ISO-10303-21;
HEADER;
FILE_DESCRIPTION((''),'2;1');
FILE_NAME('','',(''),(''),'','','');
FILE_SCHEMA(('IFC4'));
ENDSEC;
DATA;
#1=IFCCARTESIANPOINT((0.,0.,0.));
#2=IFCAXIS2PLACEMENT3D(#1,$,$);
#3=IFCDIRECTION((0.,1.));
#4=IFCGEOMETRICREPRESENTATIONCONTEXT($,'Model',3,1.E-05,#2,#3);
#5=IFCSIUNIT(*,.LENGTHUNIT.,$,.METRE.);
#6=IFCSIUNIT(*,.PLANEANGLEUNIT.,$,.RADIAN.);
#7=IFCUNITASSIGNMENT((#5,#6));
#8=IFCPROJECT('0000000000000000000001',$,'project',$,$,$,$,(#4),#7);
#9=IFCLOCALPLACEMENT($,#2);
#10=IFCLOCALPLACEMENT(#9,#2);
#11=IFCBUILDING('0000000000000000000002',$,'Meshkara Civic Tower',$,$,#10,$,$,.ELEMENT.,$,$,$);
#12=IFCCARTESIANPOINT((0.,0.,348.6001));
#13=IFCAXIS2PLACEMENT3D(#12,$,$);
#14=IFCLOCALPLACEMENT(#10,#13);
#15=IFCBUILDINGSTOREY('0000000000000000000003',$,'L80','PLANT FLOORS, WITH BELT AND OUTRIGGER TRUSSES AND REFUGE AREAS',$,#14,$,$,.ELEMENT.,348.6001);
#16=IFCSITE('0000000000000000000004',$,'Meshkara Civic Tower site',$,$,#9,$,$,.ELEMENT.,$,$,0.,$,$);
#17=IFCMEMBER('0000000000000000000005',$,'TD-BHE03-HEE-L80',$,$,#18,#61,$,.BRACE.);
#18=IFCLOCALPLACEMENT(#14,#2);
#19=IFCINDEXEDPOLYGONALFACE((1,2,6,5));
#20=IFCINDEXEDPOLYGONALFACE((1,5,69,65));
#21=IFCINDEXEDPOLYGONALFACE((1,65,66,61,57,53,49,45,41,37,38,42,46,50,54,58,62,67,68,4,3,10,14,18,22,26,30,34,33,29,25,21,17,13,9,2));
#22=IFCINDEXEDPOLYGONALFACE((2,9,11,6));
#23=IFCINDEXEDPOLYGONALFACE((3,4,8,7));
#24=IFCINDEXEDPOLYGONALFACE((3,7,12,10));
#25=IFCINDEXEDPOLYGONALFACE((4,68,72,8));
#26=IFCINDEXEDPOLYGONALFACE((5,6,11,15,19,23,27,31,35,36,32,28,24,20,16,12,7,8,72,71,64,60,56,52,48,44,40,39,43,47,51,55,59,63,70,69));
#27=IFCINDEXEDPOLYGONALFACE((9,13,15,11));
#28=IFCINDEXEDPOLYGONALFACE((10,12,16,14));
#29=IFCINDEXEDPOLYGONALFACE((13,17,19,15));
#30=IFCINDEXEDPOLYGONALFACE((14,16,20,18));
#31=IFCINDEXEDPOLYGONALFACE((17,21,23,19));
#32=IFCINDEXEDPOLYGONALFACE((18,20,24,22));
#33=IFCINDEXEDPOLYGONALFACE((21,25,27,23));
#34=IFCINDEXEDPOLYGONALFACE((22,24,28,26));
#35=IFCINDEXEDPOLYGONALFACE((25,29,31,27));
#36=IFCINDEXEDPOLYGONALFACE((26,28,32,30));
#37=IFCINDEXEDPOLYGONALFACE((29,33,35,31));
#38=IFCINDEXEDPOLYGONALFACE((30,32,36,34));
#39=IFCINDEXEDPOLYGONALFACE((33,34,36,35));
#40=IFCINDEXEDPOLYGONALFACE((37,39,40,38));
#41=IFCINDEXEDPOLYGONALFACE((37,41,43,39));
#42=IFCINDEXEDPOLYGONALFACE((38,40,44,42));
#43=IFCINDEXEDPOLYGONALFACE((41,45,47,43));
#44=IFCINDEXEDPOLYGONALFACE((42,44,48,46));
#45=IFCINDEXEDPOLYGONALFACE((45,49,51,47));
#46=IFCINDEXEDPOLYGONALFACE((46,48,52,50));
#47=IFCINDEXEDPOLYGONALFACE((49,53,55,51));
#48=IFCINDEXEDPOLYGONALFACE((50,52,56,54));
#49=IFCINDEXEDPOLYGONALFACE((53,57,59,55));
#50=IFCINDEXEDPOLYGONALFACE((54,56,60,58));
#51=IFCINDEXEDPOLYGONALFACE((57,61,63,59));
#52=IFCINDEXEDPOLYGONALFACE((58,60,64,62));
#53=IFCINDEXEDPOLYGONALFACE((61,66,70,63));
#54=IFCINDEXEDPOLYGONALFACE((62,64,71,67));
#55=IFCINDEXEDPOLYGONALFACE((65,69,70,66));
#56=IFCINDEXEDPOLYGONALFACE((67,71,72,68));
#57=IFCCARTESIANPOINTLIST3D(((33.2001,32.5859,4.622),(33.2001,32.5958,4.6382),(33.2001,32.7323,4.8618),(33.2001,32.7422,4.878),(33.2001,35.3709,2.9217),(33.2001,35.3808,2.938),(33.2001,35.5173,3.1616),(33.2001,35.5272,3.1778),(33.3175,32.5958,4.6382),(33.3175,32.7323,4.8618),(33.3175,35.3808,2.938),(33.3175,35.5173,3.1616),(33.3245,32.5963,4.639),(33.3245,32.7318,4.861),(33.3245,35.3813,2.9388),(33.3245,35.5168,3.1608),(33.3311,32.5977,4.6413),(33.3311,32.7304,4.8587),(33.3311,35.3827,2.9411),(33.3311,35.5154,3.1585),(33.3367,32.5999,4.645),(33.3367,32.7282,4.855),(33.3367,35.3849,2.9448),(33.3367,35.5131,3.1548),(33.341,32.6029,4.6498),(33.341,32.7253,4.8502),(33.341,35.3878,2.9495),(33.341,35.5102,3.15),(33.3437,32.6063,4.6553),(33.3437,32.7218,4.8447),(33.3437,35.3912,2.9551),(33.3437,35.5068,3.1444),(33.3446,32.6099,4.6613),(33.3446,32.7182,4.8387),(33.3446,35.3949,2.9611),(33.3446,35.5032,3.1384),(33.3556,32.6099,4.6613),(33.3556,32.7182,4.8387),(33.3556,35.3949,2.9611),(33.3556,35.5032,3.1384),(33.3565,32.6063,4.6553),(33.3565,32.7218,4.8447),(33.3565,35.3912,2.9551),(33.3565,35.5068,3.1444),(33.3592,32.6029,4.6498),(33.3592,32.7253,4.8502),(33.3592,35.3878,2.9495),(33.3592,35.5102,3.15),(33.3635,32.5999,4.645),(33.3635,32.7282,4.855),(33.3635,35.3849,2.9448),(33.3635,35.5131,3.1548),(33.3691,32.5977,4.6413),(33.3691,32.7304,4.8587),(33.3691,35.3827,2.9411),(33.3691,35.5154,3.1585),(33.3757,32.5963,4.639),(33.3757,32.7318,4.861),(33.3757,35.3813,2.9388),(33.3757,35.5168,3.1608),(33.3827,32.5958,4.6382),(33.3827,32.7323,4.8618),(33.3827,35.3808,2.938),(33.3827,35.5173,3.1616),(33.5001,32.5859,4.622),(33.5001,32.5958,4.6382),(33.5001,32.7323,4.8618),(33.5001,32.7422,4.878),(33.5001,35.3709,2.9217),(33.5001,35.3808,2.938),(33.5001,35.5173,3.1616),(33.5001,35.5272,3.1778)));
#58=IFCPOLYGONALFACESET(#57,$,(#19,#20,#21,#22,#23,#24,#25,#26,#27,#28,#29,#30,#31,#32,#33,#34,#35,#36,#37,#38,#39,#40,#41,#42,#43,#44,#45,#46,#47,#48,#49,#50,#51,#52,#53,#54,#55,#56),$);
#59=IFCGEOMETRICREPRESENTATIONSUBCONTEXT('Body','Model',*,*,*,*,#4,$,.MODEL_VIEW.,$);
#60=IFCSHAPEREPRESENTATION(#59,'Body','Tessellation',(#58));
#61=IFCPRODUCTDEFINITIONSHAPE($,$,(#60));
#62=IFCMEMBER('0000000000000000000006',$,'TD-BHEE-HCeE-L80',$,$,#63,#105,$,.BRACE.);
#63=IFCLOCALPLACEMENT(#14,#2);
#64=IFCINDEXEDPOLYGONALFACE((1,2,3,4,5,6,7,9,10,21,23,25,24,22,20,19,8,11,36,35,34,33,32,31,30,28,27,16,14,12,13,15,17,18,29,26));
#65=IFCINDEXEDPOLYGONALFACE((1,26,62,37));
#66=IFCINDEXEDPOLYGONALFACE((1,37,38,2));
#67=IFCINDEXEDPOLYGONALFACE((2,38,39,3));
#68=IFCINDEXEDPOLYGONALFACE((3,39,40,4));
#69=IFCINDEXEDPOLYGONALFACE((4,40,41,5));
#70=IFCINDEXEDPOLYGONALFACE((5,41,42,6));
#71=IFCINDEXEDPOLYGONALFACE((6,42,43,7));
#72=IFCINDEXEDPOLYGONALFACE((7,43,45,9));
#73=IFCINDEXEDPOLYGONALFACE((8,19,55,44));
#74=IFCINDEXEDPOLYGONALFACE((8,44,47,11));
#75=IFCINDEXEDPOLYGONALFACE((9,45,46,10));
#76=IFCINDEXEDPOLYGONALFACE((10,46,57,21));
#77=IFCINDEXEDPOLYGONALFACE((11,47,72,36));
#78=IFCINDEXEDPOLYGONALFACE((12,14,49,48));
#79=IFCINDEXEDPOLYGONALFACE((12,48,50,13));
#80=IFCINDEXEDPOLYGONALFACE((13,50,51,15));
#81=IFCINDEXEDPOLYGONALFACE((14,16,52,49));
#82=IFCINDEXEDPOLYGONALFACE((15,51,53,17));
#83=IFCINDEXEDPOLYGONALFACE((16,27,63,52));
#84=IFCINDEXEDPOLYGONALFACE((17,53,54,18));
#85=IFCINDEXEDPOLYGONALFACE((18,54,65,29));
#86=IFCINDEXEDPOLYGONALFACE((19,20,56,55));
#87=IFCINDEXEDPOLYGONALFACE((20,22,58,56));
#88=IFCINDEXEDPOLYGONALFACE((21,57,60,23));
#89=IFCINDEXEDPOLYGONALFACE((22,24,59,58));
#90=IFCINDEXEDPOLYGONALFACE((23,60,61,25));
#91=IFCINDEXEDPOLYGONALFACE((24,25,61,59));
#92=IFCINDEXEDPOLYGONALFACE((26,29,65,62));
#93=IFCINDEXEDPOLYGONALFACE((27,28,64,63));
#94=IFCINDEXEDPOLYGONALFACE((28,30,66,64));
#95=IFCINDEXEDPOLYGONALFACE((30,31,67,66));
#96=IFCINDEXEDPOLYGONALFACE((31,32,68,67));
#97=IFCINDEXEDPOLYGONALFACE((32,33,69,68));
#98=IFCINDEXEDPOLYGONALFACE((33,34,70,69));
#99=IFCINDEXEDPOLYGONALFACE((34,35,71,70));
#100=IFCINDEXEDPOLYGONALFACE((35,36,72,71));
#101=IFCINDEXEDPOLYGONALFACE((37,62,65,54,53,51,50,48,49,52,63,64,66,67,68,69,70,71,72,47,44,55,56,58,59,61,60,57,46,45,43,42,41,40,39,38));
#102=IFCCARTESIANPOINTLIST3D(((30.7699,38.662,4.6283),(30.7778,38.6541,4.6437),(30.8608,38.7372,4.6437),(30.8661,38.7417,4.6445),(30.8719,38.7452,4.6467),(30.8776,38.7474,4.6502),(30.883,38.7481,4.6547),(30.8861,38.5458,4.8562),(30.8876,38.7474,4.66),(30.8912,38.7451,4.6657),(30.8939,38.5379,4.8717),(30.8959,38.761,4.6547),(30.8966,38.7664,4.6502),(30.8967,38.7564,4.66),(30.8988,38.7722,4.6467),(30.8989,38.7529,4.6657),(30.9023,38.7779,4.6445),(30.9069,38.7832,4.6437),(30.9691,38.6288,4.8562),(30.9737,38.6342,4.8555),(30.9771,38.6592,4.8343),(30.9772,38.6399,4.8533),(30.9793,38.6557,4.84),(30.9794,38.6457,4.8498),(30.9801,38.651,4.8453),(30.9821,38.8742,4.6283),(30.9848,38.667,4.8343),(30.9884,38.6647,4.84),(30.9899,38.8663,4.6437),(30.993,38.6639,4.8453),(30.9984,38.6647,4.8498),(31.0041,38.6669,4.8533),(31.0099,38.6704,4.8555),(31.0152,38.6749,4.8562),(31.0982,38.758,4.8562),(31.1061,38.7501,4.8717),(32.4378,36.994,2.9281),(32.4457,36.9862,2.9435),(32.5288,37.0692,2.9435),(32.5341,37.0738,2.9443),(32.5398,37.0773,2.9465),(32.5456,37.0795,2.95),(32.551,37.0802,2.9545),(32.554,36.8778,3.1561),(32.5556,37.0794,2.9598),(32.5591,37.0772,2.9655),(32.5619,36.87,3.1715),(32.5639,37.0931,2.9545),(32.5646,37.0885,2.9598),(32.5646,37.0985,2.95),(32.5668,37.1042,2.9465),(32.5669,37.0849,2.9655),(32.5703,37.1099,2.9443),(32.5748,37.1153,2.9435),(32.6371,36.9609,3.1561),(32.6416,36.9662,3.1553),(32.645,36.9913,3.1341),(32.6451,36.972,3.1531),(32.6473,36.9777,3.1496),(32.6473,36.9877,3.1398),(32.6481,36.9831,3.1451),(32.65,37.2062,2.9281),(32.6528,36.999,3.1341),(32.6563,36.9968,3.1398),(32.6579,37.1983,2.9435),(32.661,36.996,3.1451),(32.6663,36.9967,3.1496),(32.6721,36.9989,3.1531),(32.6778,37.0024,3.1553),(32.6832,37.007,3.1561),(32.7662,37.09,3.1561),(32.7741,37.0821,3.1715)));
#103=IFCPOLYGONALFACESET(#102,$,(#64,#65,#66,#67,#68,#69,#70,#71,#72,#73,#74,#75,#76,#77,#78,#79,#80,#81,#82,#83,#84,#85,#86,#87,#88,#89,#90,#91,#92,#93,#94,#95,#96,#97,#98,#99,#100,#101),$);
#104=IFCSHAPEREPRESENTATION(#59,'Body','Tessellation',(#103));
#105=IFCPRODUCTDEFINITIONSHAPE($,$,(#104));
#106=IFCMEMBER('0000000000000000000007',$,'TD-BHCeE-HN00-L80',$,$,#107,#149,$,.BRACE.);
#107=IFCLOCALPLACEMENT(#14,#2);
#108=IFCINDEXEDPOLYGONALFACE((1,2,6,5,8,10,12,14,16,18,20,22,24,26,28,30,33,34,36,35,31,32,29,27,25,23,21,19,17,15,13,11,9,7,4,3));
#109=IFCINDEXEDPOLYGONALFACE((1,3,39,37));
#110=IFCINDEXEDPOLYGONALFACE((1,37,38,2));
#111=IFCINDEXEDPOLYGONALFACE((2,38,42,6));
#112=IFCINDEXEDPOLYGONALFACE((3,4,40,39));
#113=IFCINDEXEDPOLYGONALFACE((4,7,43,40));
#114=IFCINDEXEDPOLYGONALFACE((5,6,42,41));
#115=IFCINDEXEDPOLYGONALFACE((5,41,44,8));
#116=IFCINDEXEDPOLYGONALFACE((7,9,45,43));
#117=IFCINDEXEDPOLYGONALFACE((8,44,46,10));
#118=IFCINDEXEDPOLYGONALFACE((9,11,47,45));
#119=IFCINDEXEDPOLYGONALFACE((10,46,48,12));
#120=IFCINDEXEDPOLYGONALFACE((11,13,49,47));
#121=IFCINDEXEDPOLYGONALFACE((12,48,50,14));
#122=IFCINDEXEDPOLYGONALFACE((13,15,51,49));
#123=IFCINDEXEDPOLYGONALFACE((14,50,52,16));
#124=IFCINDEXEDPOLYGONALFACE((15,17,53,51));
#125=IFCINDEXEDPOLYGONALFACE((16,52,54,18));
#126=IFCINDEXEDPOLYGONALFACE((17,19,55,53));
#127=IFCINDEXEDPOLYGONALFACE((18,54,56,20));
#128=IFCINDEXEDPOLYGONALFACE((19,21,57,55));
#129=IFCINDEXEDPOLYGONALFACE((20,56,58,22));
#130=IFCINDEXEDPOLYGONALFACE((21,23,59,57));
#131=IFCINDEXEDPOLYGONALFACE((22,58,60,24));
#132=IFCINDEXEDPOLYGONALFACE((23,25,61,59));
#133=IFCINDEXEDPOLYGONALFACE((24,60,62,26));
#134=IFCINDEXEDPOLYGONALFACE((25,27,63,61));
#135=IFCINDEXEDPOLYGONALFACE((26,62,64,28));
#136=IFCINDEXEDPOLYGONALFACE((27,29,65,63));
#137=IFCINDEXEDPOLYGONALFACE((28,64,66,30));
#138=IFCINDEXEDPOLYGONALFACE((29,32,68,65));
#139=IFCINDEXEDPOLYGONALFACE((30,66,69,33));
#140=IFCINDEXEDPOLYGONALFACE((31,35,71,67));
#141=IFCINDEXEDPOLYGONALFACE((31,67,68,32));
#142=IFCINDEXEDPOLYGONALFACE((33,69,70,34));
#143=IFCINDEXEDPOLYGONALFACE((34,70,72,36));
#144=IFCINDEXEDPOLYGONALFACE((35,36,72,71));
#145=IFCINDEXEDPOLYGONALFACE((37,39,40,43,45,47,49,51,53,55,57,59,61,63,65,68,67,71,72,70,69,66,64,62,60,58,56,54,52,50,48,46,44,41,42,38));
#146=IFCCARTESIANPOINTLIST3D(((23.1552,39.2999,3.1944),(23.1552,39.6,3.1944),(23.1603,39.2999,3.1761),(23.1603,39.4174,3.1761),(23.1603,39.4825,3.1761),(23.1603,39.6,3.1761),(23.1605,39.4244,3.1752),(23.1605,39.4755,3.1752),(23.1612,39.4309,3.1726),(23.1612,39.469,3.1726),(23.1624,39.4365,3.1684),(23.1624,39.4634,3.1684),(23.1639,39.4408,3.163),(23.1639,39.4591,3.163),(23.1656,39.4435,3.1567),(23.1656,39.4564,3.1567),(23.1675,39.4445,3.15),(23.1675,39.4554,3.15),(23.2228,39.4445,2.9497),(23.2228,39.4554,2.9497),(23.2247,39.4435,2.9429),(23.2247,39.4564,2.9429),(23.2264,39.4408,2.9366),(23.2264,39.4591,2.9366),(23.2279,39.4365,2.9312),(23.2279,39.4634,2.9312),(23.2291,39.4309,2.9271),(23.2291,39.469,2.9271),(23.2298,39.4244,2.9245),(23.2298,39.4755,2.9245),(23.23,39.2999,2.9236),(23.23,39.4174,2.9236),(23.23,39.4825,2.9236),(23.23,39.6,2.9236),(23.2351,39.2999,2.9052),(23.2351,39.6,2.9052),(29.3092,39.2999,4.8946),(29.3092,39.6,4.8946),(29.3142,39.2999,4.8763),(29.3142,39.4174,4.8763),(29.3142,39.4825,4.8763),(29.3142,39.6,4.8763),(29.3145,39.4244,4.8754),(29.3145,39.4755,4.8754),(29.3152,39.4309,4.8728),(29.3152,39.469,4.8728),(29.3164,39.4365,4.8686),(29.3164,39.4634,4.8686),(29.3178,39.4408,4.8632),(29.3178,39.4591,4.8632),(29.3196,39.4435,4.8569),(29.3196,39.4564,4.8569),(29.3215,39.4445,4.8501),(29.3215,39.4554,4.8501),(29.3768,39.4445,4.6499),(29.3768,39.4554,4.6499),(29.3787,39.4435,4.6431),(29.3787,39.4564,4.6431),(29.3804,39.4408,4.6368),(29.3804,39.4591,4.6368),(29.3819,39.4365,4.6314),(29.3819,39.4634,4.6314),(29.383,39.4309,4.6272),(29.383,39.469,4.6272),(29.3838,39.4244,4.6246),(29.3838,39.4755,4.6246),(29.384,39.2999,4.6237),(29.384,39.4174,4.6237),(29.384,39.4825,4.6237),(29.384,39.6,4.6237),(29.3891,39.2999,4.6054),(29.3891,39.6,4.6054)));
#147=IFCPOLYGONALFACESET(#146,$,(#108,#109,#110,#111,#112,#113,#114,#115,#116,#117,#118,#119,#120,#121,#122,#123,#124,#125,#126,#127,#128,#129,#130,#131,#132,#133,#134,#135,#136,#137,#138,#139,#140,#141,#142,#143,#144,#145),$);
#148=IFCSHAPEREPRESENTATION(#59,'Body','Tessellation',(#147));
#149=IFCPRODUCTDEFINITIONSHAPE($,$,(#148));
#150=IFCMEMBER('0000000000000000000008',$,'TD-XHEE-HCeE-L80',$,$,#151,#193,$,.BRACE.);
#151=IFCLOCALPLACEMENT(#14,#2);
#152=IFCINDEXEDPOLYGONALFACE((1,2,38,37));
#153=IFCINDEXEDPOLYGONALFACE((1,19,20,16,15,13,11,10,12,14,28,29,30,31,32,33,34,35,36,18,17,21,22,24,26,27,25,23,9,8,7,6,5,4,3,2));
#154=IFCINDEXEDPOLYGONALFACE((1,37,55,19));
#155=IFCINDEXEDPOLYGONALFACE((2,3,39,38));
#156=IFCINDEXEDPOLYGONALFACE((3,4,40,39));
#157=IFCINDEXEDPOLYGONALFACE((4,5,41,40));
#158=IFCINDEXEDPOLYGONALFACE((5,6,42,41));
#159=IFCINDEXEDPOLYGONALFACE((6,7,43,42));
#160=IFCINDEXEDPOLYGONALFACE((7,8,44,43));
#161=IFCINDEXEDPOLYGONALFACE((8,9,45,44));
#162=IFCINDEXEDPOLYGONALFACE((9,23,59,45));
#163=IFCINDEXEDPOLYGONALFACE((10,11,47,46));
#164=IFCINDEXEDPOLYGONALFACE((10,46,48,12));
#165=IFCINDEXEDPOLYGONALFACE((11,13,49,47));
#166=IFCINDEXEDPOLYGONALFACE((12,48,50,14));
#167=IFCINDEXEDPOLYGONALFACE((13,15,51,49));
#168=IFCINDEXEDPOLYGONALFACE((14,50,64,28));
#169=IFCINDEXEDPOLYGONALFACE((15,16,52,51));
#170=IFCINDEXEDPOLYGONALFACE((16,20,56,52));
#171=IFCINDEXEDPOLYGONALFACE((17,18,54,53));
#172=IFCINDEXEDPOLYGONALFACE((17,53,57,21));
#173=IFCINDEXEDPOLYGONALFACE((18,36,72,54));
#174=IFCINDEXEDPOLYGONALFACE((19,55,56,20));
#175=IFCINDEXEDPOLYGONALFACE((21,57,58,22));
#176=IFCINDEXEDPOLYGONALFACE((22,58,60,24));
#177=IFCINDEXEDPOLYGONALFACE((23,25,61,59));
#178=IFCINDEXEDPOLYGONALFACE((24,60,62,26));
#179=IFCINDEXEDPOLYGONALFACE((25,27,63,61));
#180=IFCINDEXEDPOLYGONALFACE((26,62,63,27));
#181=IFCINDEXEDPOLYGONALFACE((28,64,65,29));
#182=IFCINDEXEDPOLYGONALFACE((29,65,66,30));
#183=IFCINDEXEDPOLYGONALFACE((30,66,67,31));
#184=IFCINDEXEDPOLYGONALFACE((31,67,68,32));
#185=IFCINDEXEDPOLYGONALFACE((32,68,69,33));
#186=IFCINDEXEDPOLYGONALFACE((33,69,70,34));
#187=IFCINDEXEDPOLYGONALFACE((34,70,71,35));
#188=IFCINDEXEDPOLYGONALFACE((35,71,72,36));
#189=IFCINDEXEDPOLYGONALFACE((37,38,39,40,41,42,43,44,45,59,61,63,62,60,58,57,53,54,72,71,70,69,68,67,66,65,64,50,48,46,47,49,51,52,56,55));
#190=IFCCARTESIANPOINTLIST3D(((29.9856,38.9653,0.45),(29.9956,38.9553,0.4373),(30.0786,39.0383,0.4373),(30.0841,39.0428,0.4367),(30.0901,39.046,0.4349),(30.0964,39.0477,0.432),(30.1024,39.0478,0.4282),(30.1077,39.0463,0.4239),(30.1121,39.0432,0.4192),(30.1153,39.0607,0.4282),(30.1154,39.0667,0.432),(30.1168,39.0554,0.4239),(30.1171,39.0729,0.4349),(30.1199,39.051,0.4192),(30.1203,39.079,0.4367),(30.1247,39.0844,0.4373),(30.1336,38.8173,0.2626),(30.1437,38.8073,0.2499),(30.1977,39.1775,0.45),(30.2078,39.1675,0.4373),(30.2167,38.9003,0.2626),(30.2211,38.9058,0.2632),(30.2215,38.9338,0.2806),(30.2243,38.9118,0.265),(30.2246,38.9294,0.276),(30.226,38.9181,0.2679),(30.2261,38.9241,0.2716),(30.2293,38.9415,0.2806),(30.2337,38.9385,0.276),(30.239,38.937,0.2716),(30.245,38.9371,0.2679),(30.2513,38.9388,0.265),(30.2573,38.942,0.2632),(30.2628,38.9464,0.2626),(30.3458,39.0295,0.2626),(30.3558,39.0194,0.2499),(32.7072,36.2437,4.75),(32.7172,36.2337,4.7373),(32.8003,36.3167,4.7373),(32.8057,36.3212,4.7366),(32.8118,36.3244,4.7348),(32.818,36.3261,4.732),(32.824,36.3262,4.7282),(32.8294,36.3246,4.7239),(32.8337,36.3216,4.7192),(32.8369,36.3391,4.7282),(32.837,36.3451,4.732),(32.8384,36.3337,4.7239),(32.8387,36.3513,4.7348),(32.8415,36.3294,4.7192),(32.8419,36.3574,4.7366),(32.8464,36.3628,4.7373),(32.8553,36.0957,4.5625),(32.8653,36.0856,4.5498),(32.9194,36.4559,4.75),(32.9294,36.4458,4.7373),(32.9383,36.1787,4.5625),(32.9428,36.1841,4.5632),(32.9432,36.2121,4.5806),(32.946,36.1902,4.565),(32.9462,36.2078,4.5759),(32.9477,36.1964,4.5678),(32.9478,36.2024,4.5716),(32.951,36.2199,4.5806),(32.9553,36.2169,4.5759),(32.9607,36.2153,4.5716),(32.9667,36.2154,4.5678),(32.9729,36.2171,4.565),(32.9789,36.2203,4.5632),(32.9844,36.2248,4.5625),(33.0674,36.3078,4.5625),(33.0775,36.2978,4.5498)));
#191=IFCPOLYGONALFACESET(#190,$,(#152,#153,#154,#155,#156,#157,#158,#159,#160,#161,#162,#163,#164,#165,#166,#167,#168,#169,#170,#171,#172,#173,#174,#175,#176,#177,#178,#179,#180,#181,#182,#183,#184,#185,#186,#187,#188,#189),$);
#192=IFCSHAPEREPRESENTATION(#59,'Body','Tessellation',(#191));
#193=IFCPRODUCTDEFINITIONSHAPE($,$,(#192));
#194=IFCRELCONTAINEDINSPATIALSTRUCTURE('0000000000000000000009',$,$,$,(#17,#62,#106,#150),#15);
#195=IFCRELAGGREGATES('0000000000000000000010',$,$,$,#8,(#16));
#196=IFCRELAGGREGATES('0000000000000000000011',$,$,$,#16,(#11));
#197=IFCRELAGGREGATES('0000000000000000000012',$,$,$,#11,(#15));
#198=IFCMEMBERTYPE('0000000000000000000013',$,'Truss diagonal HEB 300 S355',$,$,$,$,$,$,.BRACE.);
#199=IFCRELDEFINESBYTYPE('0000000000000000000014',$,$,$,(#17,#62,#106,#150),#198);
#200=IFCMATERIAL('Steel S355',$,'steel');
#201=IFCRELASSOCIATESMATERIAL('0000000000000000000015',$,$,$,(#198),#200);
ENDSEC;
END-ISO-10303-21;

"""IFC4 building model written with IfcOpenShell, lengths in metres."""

from ifc_helpers import new_model, si_unit, direction, frame, origin, origin_2d, place, context, subcontext, project, spatial, i_section, extrude, material, material_profile, profile_set, type_object, element, save


model = new_model("IFC4")

# Units and contexts
model_context = context("Model", 3, precision=1e-05, world=origin(), true_north=direction((0.0, 1.0)))
body_context = subcontext(model_context, "Body", "Model", "MODEL_VIEW")
ifc_project = project(units=[si_unit("LENGTHUNIT", "METRE"), si_unit("PLANEANGLEUNIT", "RADIAN")], contexts=[model_context])

# Site, building, storey
site_placement = place(None, origin())
site = spatial("IfcSite", under=ifc_project, at=site_placement, Name="Meshkara Civic Tower site", CompositionType="ELEMENT", RefElevation=0.0)
building_placement = place(site_placement, origin())
building = spatial("IfcBuilding", under=site, at=building_placement, Name="Meshkara Civic Tower", CompositionType="ELEMENT")
storey_placement = place(building_placement, frame((0.0, 0.0, 348.6001)))
storey = spatial("IfcBuildingStorey", under=building, at=storey_placement, Name="L80", Description="PLANT FLOORS, WITH BELT AND OUTRIGGER TRUSSES AND REFUGE AREAS", CompositionType="ELEMENT", Elevation=348.6001)

# Members
ifc_material_1 = material(Name="Steel S355", Category="steel")
ifc_material_profile_1 = material_profile(ifc_material_1, i_section(OverallWidth=0.3, OverallDepth=0.3, WebThickness=0.011, FlangeThickness=0.019, FilletRadius=0.0271, at=origin_2d()))
ifc_profile_set_1 = profile_set([ifc_material_profile_1], Name="Steel S355")
member_type = type_object("IfcMemberType", Name="Truss diagonal HEB 300 S355", PredefinedType="BRACE", material=ifc_profile_set_1)
member_1_placement = place(storey_placement, frame((33.3501, 32.6641, 4.75), z_axis=(0.0, 0.853513, -0.521072), x_axis=(-1.0, 0.0, 0.0)))
element("IfcMember", 1, at=member_1_placement, inside=storey, type_object=member_type, Name="TD-BHE03-HEE-L80", PredefinedType="BRACE", context=body_context, shape_type="SweptSolid", body=[
    extrude(i_section(OverallWidth=0.3, OverallDepth=0.3, WebThickness=0.011, FlangeThickness=0.019, FilletRadius=0.0271, at=origin_2d()), origin(), (0.0, 0.0, 1.0), 3.2629),
])
member_2_placement = place(storey_placement, frame((32.606, 37.0381, 3.0498), z_axis=(-0.573632, 0.573632, 0.584715), x_axis=(-0.707107, -0.707107, 0.0)))
element("IfcMember", 2, at=member_2_placement, inside=storey, type_object=member_type, Name="TD-BHEE-HCeE-L80", PredefinedType="BRACE", context=body_context, shape_type="SweptSolid", body=[
    extrude(i_section(OverallWidth=0.3, OverallDepth=0.3, WebThickness=0.011, FlangeThickness=0.019, FilletRadius=0.0271, at=origin_2d()), origin(), (0.0, 0.0, 1.0), 2.9077),
])
member_3_placement = place(storey_placement, frame((29.3491, 39.45, 4.75), z_axis=(-0.963891, 0.0, -0.266297), x_axis=(0.0, -1.0, 0.0)))
element("IfcMember", 3, at=member_3_placement, inside=storey, type_object=member_type, Name="TD-BHCeE-HN00-L80", PredefinedType="BRACE", context=body_context, shape_type="SweptSolid", body=[
    extrude(i_section(OverallWidth=0.3, OverallDepth=0.3, WebThickness=0.011, FlangeThickness=0.019, FilletRadius=0.0271, at=origin_2d()), origin(), (0.0, 0.0, 1.0), 6.3845),
])
member_4_placement = place(storey_placement, frame((32.8923, 36.2708, 4.6499), z_axis=(-0.471606, 0.471606, -0.745101), x_axis=(-0.707107, -0.707107, 0.0)))
element("IfcMember", 4, at=member_4_placement, inside=storey, type_object=member_type, Name="TD-XHEE-HCeE-L80", PredefinedType="BRACE", context=body_context, shape_type="SweptSolid", body=[
    extrude(i_section(OverallWidth=0.3, OverallDepth=0.3, WebThickness=0.011, FlangeThickness=0.019, FilletRadius=0.0271, at=origin_2d()), origin(), (0.0, 0.0, 1.0), 5.771),
])

save(model, "model.ifc")
